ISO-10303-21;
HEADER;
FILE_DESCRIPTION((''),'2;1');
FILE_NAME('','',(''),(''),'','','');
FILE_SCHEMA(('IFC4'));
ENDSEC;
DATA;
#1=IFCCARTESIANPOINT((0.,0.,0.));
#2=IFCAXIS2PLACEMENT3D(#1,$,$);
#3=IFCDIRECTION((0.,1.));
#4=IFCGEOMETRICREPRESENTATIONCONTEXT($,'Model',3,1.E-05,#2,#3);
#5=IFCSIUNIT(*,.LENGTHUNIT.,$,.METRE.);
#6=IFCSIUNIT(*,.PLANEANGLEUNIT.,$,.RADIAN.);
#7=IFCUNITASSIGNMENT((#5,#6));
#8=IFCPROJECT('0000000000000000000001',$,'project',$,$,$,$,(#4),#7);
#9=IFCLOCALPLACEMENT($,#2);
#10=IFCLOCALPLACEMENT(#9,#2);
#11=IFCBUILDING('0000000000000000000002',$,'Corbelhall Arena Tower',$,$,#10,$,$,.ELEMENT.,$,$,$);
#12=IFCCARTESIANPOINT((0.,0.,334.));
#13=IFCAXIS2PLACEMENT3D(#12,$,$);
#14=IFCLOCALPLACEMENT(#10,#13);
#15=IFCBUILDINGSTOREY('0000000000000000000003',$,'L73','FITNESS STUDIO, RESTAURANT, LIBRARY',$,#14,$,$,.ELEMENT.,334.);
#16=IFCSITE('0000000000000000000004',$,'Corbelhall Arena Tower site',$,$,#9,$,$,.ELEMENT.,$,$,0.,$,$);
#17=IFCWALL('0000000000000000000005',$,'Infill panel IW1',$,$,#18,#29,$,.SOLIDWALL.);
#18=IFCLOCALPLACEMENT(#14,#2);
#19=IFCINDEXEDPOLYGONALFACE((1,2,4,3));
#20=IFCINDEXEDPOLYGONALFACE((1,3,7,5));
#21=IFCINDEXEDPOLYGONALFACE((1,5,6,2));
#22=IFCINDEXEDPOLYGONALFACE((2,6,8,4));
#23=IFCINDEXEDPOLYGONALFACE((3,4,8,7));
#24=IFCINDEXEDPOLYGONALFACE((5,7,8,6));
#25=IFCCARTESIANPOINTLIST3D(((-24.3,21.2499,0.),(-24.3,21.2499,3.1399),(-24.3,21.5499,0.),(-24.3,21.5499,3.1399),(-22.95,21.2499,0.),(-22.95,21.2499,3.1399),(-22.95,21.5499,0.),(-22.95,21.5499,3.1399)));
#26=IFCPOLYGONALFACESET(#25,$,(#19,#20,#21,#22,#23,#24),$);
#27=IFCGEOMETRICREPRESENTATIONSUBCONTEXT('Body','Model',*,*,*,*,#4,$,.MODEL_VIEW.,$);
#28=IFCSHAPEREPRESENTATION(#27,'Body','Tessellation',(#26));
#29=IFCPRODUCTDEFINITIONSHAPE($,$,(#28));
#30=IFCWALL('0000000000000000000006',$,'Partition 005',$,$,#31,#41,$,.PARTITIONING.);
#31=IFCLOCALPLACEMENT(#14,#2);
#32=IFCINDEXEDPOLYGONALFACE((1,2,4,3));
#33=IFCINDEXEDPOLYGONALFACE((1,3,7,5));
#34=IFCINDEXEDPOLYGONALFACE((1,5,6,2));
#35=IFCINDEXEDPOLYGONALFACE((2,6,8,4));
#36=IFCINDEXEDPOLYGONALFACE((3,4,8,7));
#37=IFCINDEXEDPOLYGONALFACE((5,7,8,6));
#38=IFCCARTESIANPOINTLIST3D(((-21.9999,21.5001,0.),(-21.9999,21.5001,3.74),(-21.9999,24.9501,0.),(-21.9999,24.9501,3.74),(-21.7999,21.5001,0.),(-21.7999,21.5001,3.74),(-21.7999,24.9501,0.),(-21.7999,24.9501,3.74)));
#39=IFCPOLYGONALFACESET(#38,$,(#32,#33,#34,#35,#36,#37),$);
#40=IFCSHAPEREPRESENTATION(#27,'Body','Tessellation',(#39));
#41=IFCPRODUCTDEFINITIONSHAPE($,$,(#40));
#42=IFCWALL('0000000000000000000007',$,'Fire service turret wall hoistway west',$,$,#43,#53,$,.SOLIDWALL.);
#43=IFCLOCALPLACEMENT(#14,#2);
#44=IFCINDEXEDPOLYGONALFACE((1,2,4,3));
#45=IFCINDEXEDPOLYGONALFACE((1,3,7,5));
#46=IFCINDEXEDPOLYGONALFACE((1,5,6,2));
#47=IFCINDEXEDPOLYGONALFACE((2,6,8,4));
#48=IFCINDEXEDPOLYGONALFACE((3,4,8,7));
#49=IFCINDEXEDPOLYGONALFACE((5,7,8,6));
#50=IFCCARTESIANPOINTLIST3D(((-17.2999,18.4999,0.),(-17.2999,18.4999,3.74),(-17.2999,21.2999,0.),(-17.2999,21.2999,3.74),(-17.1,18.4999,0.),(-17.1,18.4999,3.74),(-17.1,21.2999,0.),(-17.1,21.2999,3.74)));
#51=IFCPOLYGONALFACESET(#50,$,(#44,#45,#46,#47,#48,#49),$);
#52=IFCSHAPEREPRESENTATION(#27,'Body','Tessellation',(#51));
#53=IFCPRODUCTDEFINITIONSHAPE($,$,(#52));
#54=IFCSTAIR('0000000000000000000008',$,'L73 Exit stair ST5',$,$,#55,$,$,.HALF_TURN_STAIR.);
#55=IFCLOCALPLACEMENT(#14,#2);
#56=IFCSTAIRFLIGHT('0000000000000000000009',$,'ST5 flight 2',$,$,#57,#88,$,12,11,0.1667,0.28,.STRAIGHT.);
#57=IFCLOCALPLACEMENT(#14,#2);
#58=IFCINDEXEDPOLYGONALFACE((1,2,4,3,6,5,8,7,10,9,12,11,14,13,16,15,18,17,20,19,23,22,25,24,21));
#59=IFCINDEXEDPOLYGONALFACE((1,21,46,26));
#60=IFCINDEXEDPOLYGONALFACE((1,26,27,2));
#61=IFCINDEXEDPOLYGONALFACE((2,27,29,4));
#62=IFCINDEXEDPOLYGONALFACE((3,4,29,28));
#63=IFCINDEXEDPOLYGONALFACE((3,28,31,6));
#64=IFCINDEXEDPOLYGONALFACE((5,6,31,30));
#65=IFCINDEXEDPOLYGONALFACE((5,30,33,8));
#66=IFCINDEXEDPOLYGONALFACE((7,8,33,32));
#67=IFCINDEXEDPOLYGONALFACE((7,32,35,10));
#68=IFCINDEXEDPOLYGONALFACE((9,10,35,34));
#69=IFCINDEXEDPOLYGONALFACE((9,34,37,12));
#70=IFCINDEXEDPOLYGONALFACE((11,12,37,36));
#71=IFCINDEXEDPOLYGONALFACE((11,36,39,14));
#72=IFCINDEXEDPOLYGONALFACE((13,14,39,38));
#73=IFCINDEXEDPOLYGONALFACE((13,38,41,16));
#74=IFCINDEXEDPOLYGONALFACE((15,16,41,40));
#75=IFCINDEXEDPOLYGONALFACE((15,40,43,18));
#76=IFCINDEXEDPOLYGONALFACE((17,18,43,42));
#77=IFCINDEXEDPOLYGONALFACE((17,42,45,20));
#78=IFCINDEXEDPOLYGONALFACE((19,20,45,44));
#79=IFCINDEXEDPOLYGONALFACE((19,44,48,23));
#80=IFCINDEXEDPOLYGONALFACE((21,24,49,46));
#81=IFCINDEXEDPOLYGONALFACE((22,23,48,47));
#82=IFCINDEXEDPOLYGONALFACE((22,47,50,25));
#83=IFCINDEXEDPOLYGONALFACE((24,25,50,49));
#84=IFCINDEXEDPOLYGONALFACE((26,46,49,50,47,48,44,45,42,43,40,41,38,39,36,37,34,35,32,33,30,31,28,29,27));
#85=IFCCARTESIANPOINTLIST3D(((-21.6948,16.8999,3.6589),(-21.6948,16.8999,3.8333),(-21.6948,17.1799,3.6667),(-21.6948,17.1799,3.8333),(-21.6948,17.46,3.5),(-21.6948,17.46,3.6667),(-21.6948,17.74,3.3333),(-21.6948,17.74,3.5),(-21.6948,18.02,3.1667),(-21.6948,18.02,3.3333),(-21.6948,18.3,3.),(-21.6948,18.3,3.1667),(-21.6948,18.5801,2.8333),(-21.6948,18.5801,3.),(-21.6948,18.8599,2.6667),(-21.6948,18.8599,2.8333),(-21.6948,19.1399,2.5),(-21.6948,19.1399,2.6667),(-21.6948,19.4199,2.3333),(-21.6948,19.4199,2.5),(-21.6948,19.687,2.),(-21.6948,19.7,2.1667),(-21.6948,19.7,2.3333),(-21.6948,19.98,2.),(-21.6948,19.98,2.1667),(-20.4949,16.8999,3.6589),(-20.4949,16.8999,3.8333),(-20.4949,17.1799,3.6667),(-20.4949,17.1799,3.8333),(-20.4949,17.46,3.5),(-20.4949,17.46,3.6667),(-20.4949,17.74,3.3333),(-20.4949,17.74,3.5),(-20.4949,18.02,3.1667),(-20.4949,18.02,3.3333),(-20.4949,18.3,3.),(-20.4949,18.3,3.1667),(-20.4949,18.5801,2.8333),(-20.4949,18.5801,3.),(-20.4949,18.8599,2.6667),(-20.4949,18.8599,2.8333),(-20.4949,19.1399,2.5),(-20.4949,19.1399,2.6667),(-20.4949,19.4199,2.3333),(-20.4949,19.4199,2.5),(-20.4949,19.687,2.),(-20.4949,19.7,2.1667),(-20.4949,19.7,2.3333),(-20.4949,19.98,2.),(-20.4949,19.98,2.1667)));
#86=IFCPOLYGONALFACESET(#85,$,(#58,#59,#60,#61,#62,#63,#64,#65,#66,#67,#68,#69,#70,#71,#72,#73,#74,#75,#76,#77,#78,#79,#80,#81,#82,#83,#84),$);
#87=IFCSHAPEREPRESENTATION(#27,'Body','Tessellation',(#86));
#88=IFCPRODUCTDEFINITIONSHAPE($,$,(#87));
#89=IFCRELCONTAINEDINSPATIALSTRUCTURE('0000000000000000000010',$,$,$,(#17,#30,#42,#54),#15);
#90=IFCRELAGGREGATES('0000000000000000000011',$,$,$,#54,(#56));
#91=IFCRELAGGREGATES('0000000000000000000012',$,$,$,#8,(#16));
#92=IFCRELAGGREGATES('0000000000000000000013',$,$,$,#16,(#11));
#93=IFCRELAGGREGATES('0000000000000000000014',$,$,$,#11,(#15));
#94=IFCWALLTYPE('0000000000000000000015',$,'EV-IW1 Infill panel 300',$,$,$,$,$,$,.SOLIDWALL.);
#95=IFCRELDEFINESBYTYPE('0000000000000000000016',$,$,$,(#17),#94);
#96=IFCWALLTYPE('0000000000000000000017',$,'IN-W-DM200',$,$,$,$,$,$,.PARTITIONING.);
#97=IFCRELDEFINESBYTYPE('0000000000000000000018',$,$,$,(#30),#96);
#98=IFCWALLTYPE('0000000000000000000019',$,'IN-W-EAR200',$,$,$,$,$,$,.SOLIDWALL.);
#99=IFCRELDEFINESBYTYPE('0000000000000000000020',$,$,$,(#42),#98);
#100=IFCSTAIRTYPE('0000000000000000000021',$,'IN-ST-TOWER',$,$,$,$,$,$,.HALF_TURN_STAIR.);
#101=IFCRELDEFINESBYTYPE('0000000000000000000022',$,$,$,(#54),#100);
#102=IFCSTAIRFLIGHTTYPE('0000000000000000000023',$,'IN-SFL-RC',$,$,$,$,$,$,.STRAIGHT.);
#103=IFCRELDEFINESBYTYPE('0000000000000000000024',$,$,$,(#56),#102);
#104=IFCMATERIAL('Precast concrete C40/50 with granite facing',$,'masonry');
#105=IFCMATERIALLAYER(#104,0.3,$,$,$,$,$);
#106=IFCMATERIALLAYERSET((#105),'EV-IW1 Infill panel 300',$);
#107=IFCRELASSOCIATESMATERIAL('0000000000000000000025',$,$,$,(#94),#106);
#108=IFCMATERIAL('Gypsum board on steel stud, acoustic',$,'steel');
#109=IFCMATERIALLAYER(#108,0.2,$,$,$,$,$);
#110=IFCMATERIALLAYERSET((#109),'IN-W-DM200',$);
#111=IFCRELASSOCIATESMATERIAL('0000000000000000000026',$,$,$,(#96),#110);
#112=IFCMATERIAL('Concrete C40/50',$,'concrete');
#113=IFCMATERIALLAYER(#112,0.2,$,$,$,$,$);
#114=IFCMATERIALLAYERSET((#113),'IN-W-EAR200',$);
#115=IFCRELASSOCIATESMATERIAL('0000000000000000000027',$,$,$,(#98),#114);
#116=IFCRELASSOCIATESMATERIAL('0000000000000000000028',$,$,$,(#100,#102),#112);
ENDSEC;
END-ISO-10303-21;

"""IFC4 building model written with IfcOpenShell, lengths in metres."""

from ifc_helpers import new_model, si_unit, direction, frame, frame_2d, origin, place, context, subcontext, project, spatial, polyline, rectangle, outline, extrude, material, layer, layer_set, type_object, element, aggregate, save


model = new_model("IFC4")

# Units and contexts
model_context = context("Model", 3, precision=1e-05, world=origin(), true_north=direction((0.0, 1.0)))
body_context = subcontext(model_context, "Body", "Model", "MODEL_VIEW")
ifc_project = project(units=[si_unit("LENGTHUNIT", "METRE"), si_unit("PLANEANGLEUNIT", "RADIAN")], contexts=[model_context])

# Site, building, storey
site_placement = place(None, origin())
site = spatial("IfcSite", under=ifc_project, at=site_placement, Name="Corbelhall Arena Tower site", CompositionType="ELEMENT", RefElevation=0.0)
building_placement = place(site_placement, origin())
building = spatial("IfcBuilding", under=site, at=building_placement, Name="Corbelhall Arena Tower", CompositionType="ELEMENT")
storey_placement = place(building_placement, frame((0.0, 0.0, 334.0)))
storey = spatial("IfcBuildingStorey", under=building, at=storey_placement, Name="L73", Description="FITNESS STUDIO, RESTAURANT, LIBRARY", CompositionType="ELEMENT", Elevation=334.0)

# Shared definitions
ifc_material_1 = material(Name="Precast concrete C40/50 with granite facing", Category="masonry")
ifc_layer_1 = layer(ifc_material_1, 0.3)
ifc_layer_set_1 = layer_set([ifc_layer_1], Name="EV-IW1 Infill panel 300")
wall_type_1 = type_object("IfcWallType", Name="EV-IW1 Infill panel 300", PredefinedType="SOLIDWALL", material=ifc_layer_set_1)

# Walls
wall_1_placement = place(storey_placement, frame((-22.95, 21.3999, 0.0), z_axis=(0.0, 0.0, 1.0), x_axis=(-1.0, 0.0, 0.0)))
element("IfcWall", 1, at=wall_1_placement, inside=storey, type_object=wall_type_1, Name="Infill panel IW1", PredefinedType="SOLIDWALL", context=body_context, shape_type="SweptSolid", body=[
    extrude(rectangle(XDim=1.3501, YDim=0.3, at=frame_2d((0.675, 0.0))), origin(), (0.0, 0.0, 1.0), 3.1399),
])
ifc_material_2 = material(Name="Gypsum board on steel stud, acoustic", Category="steel")
ifc_layer_2 = layer(ifc_material_2, 0.2)
ifc_layer_set_2 = layer_set([ifc_layer_2], Name="IN-W-DM200")
wall_type_2 = type_object("IfcWallType", Name="IN-W-DM200", PredefinedType="PARTITIONING", material=ifc_layer_set_2)
wall_2_placement = place(storey_placement, frame((-21.8999, 21.5, 0.0), z_axis=(0.0, 0.0, 1.0), x_axis=(0.0, 1.0, 0.0)))
element("IfcWall", 2, at=wall_2_placement, inside=storey, type_object=wall_type_2, Name="Partition 005", PredefinedType="PARTITIONING", context=body_context, shape_type="SweptSolid", body=[
    extrude(rectangle(XDim=3.45, YDim=0.2, at=frame_2d((1.7251, 0.0))), origin(), (0.0, 0.0, 1.0), 3.74),
])

# Shared definitions
ifc_material_3 = material(Name="Concrete C40/50", Category="concrete")
ifc_layer_3 = layer(ifc_material_3, 0.2)
ifc_layer_set_3 = layer_set([ifc_layer_3], Name="IN-W-EAR200")
wall_type_3 = type_object("IfcWallType", Name="IN-W-EAR200", PredefinedType="SOLIDWALL", material=ifc_layer_set_3)

# Wall
wall_3_placement = place(storey_placement, frame((-17.2, 18.5, 0.0), z_axis=(0.0, 0.0, 1.0), x_axis=(0.0, 1.0, 0.0)))
element("IfcWall", 3, at=wall_3_placement, inside=storey, type_object=wall_type_3, Name="Fire service turret wall hoistway west", PredefinedType="SOLIDWALL", context=body_context, shape_type="SweptSolid", body=[
    extrude(rectangle(XDim=2.8, YDim=0.2, at=frame_2d((1.3999, 0.0))), origin(), (0.0, 0.0, 1.0), 3.74),
])

# Stair, stair flight
stair_type = type_object("IfcStairType", Name="IN-ST-TOWER", PredefinedType="HALF_TURN_STAIR", material=ifc_material_3)
stair_placement = place(storey_placement, origin())
stair = element("IfcStair", 4, at=stair_placement, inside=storey, type_object=stair_type, Name="L73 Exit stair ST5", PredefinedType="HALF_TURN_STAIR")
stair_flight_type = type_object("IfcStairFlightType", Name="IN-SFL-RC", PredefinedType="STRAIGHT", material=ifc_material_3)
stair_flight_placement = place(storey_placement, frame((-21.095, 19.98, 2.0), z_axis=(0.0, 0.0, 1.0), x_axis=(0.0, -1.0, 0.0)))
stair_flight = element("IfcStairFlight", 5, at=stair_flight_placement, type_object=stair_flight_type, Name="ST5 flight 2", NumberOfRisers=12, NumberOfTreads=11, PredefinedType="STRAIGHT", RiserHeight=0.1667, TreadLength=0.28, context=body_context, shape_type="SweptSolid", body=[
    extrude(outline(polyline([(0.0, 0.0), (0.0, 0.1667), (0.28, 0.1667), (0.28, 0.3333), (0.5601, 0.3333), (0.5601, 0.5), (0.8401, 0.5), (0.8401, 0.6667), (1.1201, 0.6667), (1.1201, 0.8333), (1.3999, 0.8333), (1.3999, 1.0), (1.6799, 1.0), (1.6799, 1.1667), (1.96, 1.1667), (1.96, 1.3333), (2.24, 1.3333), (2.24, 1.5), (2.52, 1.5), (2.52, 1.6667), (2.8, 1.6667), (2.8, 1.8333), (3.0801, 1.8333), (3.0801, 2.0), (3.0801, 1.6589), (0.293, 0.0), (0.0, 0.0)])), frame((0.0, 0.6001, 0.0), z_axis=(0.0, -1.0, 0.0), x_axis=(1.0, 0.0, 0.0)), (0.0, 0.0, 1.0), 1.2),
])
aggregate(stair, [stair_flight])

save(model, "model.ifc")
